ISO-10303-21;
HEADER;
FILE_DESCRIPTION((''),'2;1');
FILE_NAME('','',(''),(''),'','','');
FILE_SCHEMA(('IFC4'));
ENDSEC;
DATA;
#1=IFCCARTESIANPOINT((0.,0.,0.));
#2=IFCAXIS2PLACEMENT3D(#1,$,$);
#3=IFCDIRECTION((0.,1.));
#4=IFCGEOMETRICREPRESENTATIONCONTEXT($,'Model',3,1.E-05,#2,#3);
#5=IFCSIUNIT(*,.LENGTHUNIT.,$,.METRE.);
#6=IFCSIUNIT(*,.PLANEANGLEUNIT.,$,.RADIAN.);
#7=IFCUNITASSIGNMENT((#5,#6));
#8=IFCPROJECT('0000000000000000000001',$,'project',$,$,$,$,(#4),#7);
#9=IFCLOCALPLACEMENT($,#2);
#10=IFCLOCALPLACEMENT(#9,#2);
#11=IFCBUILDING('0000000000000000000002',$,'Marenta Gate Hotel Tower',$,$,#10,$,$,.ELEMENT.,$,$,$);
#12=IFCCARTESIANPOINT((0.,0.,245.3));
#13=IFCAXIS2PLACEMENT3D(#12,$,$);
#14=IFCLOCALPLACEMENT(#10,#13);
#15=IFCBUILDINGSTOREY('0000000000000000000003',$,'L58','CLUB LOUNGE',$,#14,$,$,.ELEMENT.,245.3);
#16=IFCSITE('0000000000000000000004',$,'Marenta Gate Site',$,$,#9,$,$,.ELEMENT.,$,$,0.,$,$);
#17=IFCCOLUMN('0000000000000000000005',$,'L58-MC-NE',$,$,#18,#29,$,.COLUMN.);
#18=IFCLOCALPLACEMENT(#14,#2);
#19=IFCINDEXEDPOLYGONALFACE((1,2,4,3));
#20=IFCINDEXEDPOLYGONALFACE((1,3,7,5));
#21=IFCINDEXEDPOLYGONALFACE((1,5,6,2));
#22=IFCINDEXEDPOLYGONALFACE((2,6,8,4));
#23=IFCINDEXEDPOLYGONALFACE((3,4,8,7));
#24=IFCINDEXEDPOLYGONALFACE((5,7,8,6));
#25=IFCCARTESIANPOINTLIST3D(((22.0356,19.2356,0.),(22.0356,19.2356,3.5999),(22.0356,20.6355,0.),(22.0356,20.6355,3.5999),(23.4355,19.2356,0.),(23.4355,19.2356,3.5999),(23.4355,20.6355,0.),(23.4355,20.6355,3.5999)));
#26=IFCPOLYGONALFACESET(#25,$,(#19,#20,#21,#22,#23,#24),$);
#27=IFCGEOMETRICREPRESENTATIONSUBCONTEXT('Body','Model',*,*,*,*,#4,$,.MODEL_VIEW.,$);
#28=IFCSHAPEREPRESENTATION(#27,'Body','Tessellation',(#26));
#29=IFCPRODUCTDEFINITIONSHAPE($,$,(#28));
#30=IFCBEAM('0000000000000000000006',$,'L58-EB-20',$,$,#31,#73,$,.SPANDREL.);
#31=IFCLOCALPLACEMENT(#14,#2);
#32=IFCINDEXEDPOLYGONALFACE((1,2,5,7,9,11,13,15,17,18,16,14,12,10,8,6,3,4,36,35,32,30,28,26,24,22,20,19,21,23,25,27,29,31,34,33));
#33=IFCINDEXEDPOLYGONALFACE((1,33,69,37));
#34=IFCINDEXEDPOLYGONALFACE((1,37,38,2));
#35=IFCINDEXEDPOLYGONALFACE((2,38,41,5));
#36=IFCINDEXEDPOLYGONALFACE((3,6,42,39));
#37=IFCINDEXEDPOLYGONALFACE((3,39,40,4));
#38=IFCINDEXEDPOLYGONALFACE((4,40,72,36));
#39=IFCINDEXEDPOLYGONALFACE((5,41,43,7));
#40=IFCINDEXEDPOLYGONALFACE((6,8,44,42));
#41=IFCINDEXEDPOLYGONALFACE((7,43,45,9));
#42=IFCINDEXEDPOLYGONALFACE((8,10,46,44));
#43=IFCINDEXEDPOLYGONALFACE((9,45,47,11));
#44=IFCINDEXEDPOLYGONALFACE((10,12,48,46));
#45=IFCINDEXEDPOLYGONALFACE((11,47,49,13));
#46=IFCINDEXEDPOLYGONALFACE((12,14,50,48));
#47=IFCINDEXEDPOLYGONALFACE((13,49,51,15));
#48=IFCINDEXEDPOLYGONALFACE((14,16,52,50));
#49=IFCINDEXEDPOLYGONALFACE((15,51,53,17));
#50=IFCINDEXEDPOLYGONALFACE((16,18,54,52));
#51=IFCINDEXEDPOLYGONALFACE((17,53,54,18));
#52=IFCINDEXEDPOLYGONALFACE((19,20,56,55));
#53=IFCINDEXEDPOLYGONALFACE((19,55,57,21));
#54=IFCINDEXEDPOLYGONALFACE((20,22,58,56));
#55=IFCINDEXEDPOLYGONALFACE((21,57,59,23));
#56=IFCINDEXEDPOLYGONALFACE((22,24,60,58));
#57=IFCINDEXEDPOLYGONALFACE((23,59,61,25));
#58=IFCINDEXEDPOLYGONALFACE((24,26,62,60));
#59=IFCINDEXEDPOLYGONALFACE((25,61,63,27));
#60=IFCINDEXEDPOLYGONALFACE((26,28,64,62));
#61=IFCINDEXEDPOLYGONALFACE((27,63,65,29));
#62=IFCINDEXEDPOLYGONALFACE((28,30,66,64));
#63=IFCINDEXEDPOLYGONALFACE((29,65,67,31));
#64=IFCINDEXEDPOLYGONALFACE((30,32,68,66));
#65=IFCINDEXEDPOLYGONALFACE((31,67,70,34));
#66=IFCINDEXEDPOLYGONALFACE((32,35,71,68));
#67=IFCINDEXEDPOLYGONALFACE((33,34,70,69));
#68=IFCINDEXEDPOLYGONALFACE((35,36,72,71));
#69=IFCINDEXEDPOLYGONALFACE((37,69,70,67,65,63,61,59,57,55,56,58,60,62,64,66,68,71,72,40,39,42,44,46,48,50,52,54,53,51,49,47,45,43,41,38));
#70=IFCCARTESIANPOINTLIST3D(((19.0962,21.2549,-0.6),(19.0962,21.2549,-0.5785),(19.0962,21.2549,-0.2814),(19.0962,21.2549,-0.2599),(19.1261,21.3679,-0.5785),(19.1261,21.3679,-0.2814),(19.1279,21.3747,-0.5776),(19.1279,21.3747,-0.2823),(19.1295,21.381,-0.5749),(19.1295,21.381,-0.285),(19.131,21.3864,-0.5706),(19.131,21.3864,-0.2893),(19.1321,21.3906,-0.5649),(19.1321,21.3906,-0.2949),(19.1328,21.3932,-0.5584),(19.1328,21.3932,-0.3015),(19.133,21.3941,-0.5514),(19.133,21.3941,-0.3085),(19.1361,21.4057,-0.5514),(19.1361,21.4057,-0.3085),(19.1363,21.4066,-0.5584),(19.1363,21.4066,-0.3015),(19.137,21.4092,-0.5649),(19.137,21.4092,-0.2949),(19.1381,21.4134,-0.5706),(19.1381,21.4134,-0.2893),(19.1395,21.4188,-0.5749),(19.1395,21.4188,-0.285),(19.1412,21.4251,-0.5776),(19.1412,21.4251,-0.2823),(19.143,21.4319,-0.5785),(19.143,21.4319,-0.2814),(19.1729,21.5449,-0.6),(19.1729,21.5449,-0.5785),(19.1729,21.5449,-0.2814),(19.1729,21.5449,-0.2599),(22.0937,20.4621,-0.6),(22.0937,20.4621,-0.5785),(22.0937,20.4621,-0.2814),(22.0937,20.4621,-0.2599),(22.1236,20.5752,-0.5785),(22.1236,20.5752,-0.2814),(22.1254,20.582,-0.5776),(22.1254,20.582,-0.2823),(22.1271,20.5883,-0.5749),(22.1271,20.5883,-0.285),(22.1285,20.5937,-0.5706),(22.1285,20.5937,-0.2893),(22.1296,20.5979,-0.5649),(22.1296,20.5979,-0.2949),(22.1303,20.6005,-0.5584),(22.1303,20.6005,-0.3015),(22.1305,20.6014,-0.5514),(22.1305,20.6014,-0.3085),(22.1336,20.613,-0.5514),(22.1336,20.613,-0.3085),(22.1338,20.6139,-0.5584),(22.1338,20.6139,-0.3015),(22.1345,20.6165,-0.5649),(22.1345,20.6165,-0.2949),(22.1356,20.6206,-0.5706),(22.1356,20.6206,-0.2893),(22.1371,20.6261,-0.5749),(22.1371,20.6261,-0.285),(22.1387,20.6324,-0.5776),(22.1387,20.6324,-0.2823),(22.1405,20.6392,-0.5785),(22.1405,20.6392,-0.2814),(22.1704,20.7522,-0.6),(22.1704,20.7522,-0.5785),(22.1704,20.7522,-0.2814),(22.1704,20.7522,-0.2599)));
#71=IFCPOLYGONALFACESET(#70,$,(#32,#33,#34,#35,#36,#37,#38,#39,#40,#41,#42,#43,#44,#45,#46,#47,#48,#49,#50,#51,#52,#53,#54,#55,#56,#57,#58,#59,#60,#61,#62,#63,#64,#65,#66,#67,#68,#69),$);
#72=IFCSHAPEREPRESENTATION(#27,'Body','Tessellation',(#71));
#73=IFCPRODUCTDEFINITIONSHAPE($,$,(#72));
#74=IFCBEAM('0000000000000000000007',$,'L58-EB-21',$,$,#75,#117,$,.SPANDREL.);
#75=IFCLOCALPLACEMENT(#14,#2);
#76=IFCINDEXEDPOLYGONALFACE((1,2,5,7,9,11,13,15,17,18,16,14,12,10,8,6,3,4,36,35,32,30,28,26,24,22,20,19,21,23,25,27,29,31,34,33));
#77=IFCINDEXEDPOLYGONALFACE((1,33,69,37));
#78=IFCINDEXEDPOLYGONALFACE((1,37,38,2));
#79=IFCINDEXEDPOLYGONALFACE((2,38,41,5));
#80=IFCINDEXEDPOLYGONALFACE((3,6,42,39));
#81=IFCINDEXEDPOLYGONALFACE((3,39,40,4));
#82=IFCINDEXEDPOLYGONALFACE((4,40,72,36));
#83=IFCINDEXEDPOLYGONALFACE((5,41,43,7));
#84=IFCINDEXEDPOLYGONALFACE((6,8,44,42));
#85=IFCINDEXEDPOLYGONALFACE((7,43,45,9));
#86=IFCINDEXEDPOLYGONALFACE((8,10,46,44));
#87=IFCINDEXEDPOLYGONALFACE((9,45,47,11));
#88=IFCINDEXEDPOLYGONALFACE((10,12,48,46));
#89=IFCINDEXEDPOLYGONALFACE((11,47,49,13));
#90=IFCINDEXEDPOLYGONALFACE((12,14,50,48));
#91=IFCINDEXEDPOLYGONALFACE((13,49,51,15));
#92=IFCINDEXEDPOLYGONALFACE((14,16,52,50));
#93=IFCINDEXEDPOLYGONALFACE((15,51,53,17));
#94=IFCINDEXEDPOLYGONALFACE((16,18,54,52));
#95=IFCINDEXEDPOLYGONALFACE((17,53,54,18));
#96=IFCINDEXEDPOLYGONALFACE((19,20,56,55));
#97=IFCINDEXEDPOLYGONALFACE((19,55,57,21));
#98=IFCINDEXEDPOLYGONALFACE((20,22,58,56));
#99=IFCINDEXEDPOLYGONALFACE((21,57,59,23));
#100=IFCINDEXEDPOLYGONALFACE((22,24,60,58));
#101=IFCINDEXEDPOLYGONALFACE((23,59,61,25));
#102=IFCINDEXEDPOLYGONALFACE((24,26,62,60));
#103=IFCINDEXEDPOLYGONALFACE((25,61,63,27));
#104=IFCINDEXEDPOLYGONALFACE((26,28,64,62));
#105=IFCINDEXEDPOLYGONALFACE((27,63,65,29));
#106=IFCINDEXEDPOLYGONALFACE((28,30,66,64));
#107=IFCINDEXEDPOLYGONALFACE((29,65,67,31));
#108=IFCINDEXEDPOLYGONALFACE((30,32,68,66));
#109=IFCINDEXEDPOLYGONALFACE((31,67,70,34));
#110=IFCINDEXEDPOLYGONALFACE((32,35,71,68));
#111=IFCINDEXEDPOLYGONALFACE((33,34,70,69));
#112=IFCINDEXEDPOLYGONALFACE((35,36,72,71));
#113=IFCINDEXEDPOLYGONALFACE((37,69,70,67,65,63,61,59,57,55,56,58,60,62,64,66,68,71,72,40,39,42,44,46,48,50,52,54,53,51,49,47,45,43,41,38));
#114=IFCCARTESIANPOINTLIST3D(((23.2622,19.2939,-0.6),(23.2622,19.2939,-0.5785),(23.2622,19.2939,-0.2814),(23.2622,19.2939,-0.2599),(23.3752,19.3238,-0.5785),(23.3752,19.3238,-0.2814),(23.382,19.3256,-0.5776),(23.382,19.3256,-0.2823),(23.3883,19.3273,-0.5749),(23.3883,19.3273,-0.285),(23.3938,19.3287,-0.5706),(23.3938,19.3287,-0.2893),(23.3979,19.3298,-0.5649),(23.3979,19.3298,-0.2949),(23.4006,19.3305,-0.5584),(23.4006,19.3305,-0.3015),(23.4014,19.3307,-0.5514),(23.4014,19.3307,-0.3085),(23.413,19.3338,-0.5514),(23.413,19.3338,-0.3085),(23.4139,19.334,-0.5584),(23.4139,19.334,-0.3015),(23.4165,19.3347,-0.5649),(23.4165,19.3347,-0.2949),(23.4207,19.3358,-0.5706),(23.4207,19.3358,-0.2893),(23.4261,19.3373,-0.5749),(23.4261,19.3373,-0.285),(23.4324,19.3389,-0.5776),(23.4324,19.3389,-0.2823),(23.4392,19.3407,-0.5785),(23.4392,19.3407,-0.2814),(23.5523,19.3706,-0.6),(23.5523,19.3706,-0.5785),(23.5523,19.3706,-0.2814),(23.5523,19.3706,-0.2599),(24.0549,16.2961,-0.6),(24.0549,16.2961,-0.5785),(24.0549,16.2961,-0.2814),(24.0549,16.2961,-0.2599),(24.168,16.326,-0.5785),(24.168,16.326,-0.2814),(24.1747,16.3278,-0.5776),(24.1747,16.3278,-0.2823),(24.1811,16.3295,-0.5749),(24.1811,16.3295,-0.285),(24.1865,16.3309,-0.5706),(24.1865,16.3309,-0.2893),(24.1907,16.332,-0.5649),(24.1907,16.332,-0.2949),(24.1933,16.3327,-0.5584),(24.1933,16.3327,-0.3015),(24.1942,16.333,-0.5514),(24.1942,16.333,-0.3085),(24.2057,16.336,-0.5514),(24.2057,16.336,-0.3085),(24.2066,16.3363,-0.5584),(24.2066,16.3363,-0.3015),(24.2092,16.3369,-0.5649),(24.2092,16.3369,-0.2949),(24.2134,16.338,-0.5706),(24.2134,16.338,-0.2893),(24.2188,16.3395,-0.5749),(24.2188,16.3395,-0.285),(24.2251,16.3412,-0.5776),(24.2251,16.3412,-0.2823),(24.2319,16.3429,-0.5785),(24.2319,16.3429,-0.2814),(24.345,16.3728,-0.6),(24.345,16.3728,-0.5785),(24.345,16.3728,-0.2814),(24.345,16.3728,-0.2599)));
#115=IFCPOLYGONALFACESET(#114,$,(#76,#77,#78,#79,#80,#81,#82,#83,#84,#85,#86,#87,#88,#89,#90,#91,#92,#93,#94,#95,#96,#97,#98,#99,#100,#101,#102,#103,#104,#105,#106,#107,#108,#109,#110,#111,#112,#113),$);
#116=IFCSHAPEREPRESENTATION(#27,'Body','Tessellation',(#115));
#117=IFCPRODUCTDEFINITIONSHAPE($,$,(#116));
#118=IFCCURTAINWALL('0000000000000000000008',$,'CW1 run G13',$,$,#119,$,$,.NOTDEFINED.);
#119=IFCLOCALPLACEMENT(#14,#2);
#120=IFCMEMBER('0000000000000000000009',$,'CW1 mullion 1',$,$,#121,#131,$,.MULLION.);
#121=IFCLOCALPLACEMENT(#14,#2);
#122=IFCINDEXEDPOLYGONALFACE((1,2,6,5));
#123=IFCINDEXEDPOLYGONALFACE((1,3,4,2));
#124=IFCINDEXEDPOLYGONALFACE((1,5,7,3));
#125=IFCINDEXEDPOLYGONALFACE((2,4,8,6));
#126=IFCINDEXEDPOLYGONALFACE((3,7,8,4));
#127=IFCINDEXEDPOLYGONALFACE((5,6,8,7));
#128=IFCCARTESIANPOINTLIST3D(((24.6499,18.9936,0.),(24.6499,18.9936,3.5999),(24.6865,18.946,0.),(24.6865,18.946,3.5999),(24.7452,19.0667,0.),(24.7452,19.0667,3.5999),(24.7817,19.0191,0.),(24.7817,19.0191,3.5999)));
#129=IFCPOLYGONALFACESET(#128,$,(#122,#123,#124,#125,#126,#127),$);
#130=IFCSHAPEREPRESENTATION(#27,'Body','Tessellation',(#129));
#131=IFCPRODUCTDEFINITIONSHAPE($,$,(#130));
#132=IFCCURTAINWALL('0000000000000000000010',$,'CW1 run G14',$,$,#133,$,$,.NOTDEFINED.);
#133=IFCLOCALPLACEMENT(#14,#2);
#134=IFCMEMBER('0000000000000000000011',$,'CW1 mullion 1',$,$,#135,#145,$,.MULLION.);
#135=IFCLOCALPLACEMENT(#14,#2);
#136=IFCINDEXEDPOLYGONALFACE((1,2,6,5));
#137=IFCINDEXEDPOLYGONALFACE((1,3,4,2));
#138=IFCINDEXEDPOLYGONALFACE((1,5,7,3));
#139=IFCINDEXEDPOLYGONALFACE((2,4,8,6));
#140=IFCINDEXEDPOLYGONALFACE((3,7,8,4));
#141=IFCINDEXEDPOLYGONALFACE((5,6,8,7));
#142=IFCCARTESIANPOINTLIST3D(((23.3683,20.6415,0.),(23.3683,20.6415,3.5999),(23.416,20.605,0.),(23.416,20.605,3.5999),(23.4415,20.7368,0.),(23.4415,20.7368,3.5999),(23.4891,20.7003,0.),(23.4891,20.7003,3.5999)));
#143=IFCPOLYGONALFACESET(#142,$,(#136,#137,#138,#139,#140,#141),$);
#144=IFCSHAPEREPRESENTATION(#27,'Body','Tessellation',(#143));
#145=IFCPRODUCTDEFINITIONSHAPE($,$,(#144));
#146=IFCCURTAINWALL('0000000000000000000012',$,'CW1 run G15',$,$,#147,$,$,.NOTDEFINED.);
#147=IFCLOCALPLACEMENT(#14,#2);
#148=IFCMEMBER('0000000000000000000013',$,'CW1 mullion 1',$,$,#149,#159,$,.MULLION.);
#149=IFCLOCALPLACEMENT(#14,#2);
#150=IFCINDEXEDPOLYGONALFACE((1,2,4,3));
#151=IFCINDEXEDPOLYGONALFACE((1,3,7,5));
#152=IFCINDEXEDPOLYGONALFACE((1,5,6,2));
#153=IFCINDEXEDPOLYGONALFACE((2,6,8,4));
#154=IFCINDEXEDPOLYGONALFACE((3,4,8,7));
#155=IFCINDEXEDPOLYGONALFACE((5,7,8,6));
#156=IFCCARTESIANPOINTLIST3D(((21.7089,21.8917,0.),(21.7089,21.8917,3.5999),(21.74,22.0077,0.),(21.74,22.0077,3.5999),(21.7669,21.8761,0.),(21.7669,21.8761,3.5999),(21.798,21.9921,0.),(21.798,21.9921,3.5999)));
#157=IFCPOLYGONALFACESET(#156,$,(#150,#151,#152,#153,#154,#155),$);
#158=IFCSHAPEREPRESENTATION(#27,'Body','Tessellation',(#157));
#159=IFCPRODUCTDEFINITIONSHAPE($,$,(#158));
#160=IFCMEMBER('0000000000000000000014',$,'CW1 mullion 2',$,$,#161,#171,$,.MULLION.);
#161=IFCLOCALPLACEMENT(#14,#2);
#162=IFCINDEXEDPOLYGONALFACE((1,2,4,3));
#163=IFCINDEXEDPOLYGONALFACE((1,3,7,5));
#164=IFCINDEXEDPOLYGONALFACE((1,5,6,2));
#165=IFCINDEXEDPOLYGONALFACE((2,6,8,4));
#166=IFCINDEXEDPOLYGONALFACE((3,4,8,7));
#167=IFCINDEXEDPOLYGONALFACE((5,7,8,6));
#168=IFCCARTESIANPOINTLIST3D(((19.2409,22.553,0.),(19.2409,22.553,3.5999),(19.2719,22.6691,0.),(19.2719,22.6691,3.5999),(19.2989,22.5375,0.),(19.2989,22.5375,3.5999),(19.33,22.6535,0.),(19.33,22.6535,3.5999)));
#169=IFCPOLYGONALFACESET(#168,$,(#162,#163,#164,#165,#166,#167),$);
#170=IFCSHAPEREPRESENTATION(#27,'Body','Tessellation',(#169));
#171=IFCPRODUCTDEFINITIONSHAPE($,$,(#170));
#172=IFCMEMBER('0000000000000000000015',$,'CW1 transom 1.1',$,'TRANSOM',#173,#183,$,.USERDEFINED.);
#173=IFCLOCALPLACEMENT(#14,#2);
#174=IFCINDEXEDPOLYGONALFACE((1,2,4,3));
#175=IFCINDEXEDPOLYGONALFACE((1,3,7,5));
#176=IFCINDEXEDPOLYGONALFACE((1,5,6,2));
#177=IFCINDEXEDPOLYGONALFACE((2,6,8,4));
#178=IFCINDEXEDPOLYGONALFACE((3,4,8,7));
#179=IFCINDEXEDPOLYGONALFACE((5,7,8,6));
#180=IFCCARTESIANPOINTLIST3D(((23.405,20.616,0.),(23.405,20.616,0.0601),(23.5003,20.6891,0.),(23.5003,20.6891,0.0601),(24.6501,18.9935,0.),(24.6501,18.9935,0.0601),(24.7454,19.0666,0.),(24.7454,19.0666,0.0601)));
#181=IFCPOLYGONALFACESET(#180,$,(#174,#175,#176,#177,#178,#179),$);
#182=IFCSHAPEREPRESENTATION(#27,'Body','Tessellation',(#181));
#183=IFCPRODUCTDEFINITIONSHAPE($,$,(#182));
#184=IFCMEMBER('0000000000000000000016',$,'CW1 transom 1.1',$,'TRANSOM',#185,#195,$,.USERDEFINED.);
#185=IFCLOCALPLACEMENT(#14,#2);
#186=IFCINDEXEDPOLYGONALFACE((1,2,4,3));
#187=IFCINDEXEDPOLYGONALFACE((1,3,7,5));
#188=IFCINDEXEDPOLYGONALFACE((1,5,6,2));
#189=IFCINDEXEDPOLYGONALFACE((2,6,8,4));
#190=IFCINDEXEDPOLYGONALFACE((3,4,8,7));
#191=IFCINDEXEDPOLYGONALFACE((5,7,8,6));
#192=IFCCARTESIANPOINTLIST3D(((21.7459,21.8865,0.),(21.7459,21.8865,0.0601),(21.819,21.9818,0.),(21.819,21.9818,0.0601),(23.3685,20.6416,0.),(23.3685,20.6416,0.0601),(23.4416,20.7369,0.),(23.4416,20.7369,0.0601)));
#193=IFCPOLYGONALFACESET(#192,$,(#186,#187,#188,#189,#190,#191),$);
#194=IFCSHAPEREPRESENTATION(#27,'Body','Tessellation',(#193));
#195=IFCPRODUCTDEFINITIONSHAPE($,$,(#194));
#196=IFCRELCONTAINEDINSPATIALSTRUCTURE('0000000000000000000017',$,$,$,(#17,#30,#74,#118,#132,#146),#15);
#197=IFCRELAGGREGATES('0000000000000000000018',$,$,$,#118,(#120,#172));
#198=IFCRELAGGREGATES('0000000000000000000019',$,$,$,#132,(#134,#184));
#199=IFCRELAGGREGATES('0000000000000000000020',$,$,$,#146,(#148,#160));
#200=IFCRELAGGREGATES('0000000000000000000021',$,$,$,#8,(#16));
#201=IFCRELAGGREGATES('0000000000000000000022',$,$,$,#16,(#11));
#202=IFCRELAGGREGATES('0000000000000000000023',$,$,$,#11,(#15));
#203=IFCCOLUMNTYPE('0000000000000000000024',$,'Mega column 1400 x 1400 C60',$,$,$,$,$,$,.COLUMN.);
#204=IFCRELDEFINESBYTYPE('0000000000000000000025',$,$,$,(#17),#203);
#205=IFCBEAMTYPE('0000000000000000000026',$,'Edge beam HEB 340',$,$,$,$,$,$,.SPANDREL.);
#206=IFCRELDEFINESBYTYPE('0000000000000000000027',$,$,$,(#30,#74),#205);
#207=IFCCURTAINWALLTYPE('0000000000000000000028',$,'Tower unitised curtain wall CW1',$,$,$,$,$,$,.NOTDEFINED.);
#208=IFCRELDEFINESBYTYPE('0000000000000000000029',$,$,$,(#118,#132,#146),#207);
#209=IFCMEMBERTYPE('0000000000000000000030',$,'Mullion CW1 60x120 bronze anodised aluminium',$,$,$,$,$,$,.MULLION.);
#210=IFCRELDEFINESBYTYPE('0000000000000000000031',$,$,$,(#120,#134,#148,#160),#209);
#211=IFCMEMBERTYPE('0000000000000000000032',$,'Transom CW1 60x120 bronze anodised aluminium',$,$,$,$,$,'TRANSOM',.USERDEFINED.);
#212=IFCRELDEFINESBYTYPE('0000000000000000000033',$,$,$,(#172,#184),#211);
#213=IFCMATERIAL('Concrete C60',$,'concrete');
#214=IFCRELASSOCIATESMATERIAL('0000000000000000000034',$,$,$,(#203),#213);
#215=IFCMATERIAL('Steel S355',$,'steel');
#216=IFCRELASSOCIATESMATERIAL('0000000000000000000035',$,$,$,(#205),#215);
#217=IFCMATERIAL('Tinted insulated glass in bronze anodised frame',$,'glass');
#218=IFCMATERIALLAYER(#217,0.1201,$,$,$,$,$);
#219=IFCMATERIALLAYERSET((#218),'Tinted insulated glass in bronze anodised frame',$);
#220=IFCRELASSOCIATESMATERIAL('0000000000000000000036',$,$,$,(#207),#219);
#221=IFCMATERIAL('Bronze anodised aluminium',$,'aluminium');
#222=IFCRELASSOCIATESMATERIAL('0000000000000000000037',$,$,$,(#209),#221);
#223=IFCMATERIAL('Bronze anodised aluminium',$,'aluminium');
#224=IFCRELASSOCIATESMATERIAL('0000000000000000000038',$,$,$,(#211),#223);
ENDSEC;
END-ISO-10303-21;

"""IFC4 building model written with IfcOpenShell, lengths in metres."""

from ifc_helpers import new_model, si_unit, direction, frame, origin, origin_2d, place, context, subcontext, project, spatial, rectangle, i_section, extrude, material, layer, layer_set, material_profile, profile_set, type_object, element, aggregate, save


model = new_model("IFC4")

# Units and contexts
model_context = context("Model", 3, precision=1e-05, world=origin(), true_north=direction((0.0, 1.0)))
body_context = subcontext(model_context, "Body", "Model", "MODEL_VIEW")
ifc_project = project(units=[si_unit("LENGTHUNIT", "METRE"), si_unit("PLANEANGLEUNIT", "RADIAN")], contexts=[model_context])

# Site, building, storey
site_placement = place(None, origin())
site = spatial("IfcSite", under=ifc_project, at=site_placement, Name="Marenta Gate Site", CompositionType="ELEMENT", RefElevation=0.0)
building_placement = place(site_placement, origin())
building = spatial("IfcBuilding", under=site, at=building_placement, Name="Marenta Gate Hotel Tower", CompositionType="ELEMENT")
storey_placement = place(building_placement, frame((0.0, 0.0, 245.3)))
storey = spatial("IfcBuildingStorey", under=building, at=storey_placement, Name="L58", Description="CLUB LOUNGE", CompositionType="ELEMENT", Elevation=245.3)

# Column
ifc_material_1 = material(Name="Concrete C60", Category="concrete")
ifc_material_profile_1 = material_profile(ifc_material_1, rectangle(XDim=1.3999, YDim=1.3999, at=origin_2d()), Name="1400 x 1400")
ifc_profile_set_1 = profile_set([ifc_material_profile_1], Name="Concrete C60")
column_type = type_object("IfcColumnType", Name="Mega column 1400 x 1400 C60", PredefinedType="COLUMN", material=ifc_profile_set_1)
column_placement = place(storey_placement, frame((22.7356, 19.9355, 0.0), z_axis=(0.0, 0.0, 1.0), x_axis=(1.0, 0.0, 0.0)))
element("IfcColumn", 1, at=column_placement, inside=storey, type_object=column_type, Name="L58-MC-NE", PredefinedType="COLUMN", context=body_context, shape_type="SweptSolid", body=[
    extrude(rectangle(XDim=1.3999, YDim=1.3999, at=origin_2d()), origin(), (0.0, 0.0, 1.0), 3.5999),
])

# Beams
ifc_material_2 = material(Name="Steel S355", Category="steel")
ifc_material_profile_2 = material_profile(ifc_material_2, i_section(OverallWidth=0.3, OverallDepth=0.3401, WebThickness=0.012, FlangeThickness=0.0215, FilletRadius=0.0271, at=origin_2d()), Name="HEB 340")
ifc_profile_set_2 = profile_set([ifc_material_profile_2], Name="Steel S355")
beam_type = type_object("IfcBeamType", Name="Edge beam HEB 340", PredefinedType="SPANDREL", material=ifc_profile_set_2)
beam_1_placement = place(storey_placement, frame((19.1345, 21.3999, -0.4299), z_axis=(0.966765, -0.255667, 0.0), x_axis=(0.255667, 0.966765, 0.0)))
element("IfcBeam", 2, at=beam_1_placement, inside=storey, type_object=beam_type, Name="L58-EB-20", PredefinedType="SPANDREL", context=body_context, shape_type="SweptSolid", body=[
    extrude(i_section(OverallWidth=0.3, OverallDepth=0.3401, WebThickness=0.012, FlangeThickness=0.0215, FilletRadius=0.0271, at=origin_2d()), origin(), (0.0, 0.0, 1.0), 3.1006),
])
beam_2_placement = place(storey_placement, frame((23.4072, 19.3323, -0.4299), z_axis=(0.255648, -0.96677, 0.0), x_axis=(0.96677, 0.255648, 0.0)))
element("IfcBeam", 3, at=beam_2_placement, inside=storey, type_object=beam_type, Name="L58-EB-21", PredefinedType="SPANDREL", context=body_context, shape_type="SweptSolid", body=[
    extrude(i_section(OverallWidth=0.3, OverallDepth=0.3401, WebThickness=0.012, FlangeThickness=0.0215, FilletRadius=0.0271, at=origin_2d()), origin(), (0.0, 0.0, 1.0), 3.1008),
])

# Curtain walls, members
ifc_material_3 = material(Name="Tinted insulated glass in bronze anodised frame", Category="glass")
ifc_layer_1 = layer(ifc_material_3, 0.1201)
ifc_layer_set_1 = layer_set([ifc_layer_1], Name="Tinted insulated glass in bronze anodised frame")
curtain_wall_type = type_object("IfcCurtainWallType", Name="Tower unitised curtain wall CW1", PredefinedType="NOTDEFINED", material=ifc_layer_set_1)
curtain_wall_1_placement = place(storey_placement, origin())
curtain_wall_1 = element("IfcCurtainWall", 4, at=curtain_wall_1_placement, inside=storey, type_object=curtain_wall_type, Name="CW1 run G13", PredefinedType="NOTDEFINED")
ifc_material_4 = material(Name="Bronze anodised aluminium", Category="aluminium")
ifc_material_profile_3 = material_profile(ifc_material_4, rectangle(XDim=0.1201, YDim=0.0601, at=origin_2d()), Name="Mullion CW1 60x120 bronze anodised aluminium")
ifc_profile_set_3 = profile_set([ifc_material_profile_3], Name="Bronze anodised aluminium")
member_type_1 = type_object("IfcMemberType", Name="Mullion CW1 60x120 bronze anodised aluminium", PredefinedType="MULLION", material=ifc_profile_set_3)
member_1_placement = place(storey_placement, frame((24.7158, 19.0063, 0.0), z_axis=(0.0, 0.0, 1.0), x_axis=(-0.793333, -0.608787, 0.0)))
member_1 = element("IfcMember", 5, at=member_1_placement, type_object=member_type_1, Name="CW1 mullion 1", PredefinedType="MULLION", context=body_context, shape_type="SweptSolid", body=[
    extrude(rectangle(XDim=0.1201, YDim=0.0601, at=origin_2d()), origin(), (0.0, 0.0, 1.0), 3.5999),
])
curtain_wall_2_placement = place(storey_placement, origin())
curtain_wall_2 = element("IfcCurtainWall", 6, at=curtain_wall_2_placement, inside=storey, type_object=curtain_wall_type, Name="CW1 run G14", PredefinedType="NOTDEFINED")
member_2_placement = place(storey_placement, frame((23.4287, 20.6709, 0.0), z_axis=(0.0, 0.0, 1.0), x_axis=(-0.608787, -0.793333, 0.0)))
member_2 = element("IfcMember", 7, at=member_2_placement, type_object=member_type_1, Name="CW1 mullion 1", PredefinedType="MULLION", context=body_context, shape_type="SweptSolid", body=[
    extrude(rectangle(XDim=0.1201, YDim=0.0601, at=origin_2d()), origin(), (0.0, 0.0, 1.0), 3.5999),
])

# Curtain wall, members
curtain_wall_3_placement = place(storey_placement, origin())
curtain_wall_3 = element("IfcCurtainWall", 8, at=curtain_wall_3_placement, inside=storey, type_object=curtain_wall_type, Name="CW1 run G15", PredefinedType="NOTDEFINED")
member_3_placement = place(storey_placement, frame((21.7534, 21.9419, 0.0), z_axis=(0.0, 0.0, 1.0), x_axis=(-0.258805, -0.96593, 0.0)))
member_3 = element("IfcMember", 9, at=member_3_placement, type_object=member_type_1, Name="CW1 mullion 1", PredefinedType="MULLION", context=body_context, shape_type="SweptSolid", body=[
    extrude(rectangle(XDim=0.1201, YDim=0.0601, at=origin_2d()), origin(), (0.0, 0.0, 1.0), 3.5999),
])
member_4_placement = place(storey_placement, frame((19.2854, 22.6033, 0.0), z_axis=(0.0, 0.0, 1.0), x_axis=(-0.258805, -0.96593, 0.0)))
member_4 = element("IfcMember", 10, at=member_4_placement, type_object=member_type_1, Name="CW1 mullion 2", PredefinedType="MULLION", context=body_context, shape_type="SweptSolid", body=[
    extrude(rectangle(XDim=0.1201, YDim=0.0601, at=origin_2d()), origin(), (0.0, 0.0, 1.0), 3.5999),
])

# Members
ifc_material_5 = material(Name="Bronze anodised aluminium", Category="aluminium")
ifc_material_profile_4 = material_profile(ifc_material_5, rectangle(XDim=0.1201, YDim=0.0601, at=origin_2d()), Name="Transom CW1 60x120 bronze anodised aluminium")
ifc_profile_set_4 = profile_set([ifc_material_profile_4], Name="Bronze anodised aluminium")
member_type_2 = type_object("IfcMemberType", Name="Transom CW1 60x120 bronze anodised aluminium", ElementType="TRANSOM", PredefinedType="USERDEFINED", material=ifc_profile_set_4)
member_5_placement = place(storey_placement, frame((24.6978, 19.03, 0.03), z_axis=(-0.608787, 0.793333, 0.0), x_axis=(-0.793333, -0.608787, 0.0)))
member_5 = element("IfcMember", 11, at=member_5_placement, type_object=member_type_2, Name="CW1 transom 1.1", ObjectType="TRANSOM", PredefinedType="USERDEFINED", context=body_context, shape_type="SweptSolid", body=[
    extrude(rectangle(XDim=0.1201, YDim=0.0601, at=origin_2d()), origin(), (0.0, 0.0, 1.0), 2.0452),
])
member_6_placement = place(storey_placement, frame((23.405, 20.6892, 0.03), z_axis=(-0.793391, 0.608712, 0.0), x_axis=(-0.608712, -0.793391, 0.0)))
member_6 = element("IfcMember", 12, at=member_6_placement, type_object=member_type_2, Name="CW1 transom 1.1", ObjectType="TRANSOM", PredefinedType="USERDEFINED", context=body_context, shape_type="SweptSolid", body=[
    extrude(rectangle(XDim=0.1201, YDim=0.0601, at=origin_2d()), origin(), (0.0, 0.0, 1.0), 2.0452),
])

aggregate(curtain_wall_1, [member_1, member_5])
aggregate(curtain_wall_2, [member_2, member_6])
aggregate(curtain_wall_3, [member_3, member_4])

save(model, "model.ifc")
